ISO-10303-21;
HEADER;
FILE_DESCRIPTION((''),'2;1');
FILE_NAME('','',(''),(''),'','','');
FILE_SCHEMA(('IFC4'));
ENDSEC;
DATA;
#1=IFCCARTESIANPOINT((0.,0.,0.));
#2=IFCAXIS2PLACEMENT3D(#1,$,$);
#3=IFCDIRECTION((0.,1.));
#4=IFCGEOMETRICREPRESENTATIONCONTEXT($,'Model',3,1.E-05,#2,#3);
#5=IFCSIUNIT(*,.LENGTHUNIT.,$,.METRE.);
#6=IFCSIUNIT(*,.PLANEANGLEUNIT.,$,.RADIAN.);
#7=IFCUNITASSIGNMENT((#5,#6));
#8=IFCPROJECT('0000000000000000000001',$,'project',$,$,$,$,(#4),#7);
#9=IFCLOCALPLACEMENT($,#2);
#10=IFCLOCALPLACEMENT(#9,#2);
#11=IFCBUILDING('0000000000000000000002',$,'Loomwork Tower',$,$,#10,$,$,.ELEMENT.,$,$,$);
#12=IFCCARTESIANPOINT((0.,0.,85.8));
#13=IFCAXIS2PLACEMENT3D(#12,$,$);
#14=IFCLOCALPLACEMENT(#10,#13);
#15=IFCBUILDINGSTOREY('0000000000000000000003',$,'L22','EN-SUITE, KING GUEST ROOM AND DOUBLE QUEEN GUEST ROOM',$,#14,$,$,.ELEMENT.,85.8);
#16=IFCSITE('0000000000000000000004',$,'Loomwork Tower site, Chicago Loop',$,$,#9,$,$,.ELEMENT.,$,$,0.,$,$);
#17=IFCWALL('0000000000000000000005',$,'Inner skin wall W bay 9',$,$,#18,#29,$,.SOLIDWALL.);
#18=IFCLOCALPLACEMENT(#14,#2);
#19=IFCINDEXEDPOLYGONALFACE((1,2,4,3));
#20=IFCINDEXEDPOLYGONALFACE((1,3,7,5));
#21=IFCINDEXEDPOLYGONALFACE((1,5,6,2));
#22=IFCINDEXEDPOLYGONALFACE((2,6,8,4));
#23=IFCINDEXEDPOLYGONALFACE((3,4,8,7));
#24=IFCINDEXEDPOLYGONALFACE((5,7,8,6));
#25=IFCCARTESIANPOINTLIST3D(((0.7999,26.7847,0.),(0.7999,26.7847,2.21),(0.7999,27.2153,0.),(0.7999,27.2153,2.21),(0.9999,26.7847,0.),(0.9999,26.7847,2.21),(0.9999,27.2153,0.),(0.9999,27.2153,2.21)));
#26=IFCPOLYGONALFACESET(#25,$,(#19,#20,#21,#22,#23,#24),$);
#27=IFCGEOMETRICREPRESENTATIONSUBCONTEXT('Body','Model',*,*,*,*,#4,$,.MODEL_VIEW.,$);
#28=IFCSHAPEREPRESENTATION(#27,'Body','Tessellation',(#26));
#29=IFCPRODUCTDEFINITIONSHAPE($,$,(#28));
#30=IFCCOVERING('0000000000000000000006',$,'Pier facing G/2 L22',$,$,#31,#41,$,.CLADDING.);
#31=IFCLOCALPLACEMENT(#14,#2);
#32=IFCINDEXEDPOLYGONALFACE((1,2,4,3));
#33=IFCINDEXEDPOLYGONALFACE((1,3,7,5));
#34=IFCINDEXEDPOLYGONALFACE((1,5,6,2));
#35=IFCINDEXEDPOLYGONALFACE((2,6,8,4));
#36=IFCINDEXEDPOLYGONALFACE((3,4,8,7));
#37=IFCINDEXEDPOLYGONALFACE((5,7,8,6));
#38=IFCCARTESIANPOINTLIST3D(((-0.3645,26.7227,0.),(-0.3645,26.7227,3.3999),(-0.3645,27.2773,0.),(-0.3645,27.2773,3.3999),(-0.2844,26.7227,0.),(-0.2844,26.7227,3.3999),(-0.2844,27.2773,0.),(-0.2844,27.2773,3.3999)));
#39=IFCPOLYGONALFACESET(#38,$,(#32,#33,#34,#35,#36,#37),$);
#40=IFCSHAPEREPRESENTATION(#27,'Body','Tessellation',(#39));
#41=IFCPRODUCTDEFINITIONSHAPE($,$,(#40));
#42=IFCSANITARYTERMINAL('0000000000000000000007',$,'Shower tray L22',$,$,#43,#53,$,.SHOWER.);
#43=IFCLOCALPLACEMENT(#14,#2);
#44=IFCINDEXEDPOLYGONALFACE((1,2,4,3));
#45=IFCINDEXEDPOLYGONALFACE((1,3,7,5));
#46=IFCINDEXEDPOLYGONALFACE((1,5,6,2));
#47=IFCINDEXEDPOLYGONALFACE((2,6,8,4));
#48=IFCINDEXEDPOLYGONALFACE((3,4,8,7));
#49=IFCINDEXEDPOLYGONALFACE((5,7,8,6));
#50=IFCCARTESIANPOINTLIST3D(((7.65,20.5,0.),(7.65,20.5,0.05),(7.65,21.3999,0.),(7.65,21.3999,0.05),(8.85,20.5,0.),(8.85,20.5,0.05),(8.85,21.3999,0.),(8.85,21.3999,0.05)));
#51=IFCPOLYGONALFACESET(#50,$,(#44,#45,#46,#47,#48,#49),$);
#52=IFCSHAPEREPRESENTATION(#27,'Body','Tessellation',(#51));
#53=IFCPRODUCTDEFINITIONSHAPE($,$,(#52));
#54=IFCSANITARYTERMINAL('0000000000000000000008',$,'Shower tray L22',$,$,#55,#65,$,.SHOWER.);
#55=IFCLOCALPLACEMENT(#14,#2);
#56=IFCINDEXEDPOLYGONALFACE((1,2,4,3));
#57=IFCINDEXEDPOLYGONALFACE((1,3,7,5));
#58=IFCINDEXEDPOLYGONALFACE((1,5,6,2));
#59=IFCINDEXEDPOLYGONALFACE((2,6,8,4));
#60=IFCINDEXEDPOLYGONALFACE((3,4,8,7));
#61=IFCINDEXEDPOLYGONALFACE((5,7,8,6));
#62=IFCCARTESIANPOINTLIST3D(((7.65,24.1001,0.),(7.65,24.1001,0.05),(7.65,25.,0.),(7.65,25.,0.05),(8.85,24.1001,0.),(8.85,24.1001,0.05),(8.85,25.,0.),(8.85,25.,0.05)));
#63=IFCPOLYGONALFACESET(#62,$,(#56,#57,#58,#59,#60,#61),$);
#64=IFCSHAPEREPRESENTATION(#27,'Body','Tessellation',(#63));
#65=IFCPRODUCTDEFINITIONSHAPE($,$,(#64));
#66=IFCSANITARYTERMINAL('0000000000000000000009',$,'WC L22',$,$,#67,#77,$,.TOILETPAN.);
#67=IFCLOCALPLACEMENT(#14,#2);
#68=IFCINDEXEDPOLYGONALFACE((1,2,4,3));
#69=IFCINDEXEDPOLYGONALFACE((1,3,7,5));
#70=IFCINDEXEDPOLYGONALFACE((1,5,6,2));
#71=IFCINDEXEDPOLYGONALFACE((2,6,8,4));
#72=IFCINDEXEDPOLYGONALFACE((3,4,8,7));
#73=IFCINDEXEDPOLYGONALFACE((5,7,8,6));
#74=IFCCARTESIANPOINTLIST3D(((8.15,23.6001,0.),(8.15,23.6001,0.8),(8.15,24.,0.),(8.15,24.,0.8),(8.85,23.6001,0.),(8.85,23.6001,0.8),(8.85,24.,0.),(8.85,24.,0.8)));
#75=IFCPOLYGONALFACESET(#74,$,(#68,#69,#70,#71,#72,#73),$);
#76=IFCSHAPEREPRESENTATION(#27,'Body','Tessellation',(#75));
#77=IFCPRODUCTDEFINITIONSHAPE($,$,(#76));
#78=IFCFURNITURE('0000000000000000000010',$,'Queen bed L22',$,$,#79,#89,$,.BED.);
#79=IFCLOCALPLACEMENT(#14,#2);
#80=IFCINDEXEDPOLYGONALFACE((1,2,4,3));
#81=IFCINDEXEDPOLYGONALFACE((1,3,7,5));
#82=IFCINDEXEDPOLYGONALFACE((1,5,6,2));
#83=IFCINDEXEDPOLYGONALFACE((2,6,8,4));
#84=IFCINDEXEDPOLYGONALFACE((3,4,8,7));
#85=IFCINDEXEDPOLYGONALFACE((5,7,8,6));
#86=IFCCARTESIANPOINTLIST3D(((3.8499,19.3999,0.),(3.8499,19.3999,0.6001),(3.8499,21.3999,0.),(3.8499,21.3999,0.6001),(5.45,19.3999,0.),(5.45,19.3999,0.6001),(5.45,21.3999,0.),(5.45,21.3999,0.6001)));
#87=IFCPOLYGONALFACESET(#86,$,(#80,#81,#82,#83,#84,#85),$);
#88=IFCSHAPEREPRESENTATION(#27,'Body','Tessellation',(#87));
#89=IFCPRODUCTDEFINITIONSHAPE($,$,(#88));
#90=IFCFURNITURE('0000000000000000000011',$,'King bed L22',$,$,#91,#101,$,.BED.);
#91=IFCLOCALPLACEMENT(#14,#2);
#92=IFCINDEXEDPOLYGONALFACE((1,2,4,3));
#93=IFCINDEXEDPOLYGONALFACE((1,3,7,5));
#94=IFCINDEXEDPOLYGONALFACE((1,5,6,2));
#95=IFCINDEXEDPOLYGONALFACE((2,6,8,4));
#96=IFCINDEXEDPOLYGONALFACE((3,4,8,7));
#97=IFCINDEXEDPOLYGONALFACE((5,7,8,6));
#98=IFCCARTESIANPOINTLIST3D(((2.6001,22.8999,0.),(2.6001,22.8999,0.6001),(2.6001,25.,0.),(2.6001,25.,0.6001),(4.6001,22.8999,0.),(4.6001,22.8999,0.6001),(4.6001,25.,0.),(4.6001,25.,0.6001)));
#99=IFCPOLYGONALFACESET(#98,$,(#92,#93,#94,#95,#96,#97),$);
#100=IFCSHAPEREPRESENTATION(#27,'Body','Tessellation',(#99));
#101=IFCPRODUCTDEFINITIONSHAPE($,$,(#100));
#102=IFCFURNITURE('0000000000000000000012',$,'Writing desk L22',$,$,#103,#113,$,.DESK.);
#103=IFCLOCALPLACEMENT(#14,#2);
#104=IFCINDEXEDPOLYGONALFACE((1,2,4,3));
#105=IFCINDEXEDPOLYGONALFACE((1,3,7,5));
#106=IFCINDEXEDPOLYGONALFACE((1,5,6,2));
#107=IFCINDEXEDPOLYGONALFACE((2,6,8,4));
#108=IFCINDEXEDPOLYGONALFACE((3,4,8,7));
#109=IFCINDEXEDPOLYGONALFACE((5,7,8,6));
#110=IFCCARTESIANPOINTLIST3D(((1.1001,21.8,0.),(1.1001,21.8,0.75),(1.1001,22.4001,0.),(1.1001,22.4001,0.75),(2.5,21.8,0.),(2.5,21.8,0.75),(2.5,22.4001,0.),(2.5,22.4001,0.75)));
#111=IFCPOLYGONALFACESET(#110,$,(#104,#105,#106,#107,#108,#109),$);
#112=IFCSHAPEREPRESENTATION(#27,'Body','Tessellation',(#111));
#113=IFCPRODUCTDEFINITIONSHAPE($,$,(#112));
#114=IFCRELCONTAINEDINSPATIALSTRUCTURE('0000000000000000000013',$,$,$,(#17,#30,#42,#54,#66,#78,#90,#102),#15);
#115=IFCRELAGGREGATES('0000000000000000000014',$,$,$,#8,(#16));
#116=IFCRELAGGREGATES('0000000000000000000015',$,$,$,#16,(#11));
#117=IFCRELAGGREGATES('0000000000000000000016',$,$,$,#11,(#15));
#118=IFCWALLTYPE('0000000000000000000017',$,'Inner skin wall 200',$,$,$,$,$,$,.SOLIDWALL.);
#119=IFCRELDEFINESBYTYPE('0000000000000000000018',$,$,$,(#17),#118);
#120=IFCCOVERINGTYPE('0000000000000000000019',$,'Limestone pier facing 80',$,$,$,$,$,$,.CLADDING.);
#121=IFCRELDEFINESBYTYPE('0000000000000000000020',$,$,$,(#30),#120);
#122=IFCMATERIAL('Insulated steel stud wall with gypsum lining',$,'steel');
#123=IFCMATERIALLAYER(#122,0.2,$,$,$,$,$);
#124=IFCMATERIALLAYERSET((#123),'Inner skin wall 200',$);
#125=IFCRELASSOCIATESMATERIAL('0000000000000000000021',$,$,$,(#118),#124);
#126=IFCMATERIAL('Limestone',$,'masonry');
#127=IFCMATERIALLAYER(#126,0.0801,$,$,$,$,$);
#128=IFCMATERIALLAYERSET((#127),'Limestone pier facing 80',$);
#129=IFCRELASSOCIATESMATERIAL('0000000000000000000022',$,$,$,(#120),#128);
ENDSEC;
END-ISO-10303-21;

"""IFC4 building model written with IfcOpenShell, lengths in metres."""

from ifc_helpers import new_model, si_unit, direction, frame, frame_2d, origin, origin_2d, place, context, subcontext, project, spatial, rectangle, extrude, material, layer, layer_set, type_object, element, save


model = new_model("IFC4")

# Units and contexts
model_context = context("Model", 3, precision=1e-05, world=origin(), true_north=direction((0.0, 1.0)))
body_context = subcontext(model_context, "Body", "Model", "MODEL_VIEW")
ifc_project = project(units=[si_unit("LENGTHUNIT", "METRE"), si_unit("PLANEANGLEUNIT", "RADIAN")], contexts=[model_context])

# Site, building, storey
site_placement = place(None, origin())
site = spatial("IfcSite", under=ifc_project, at=site_placement, Name="Loomwork Tower site, Chicago Loop", CompositionType="ELEMENT", RefElevation=0.0)
building_placement = place(site_placement, origin())
building = spatial("IfcBuilding", under=site, at=building_placement, Name="Loomwork Tower", CompositionType="ELEMENT")
storey_placement = place(building_placement, frame((0.0, 0.0, 85.8)))
storey = spatial("IfcBuildingStorey", under=building, at=storey_placement, Name="L22", Description="EN-SUITE, KING GUEST ROOM AND DOUBLE QUEEN GUEST ROOM", CompositionType="ELEMENT", Elevation=85.8)

# Wall
ifc_material_1 = material(Name="Insulated steel stud wall with gypsum lining", Category="steel")
ifc_layer_1 = layer(ifc_material_1, 0.2)
ifc_layer_set_1 = layer_set([ifc_layer_1], Name="Inner skin wall 200")
wall_type_1 = type_object("IfcWallType", Name="Inner skin wall 200", PredefinedType="SOLIDWALL", material=ifc_layer_set_1)
wall_1_placement = place(storey_placement, frame((0.8999, 26.7847, 0.0), z_axis=(0.0, 0.0, 1.0), x_axis=(0.0, 1.0, 0.0)))
element("IfcWall", 1, at=wall_1_placement, inside=storey, type_object=wall_type_1, Name="Inner skin wall W bay 9", PredefinedType="SOLIDWALL", context=body_context, shape_type="SweptSolid", body=[
    extrude(rectangle(XDim=0.4307, YDim=0.2, at=frame_2d((0.2153, 0.0))), origin(), (0.0, 0.0, 1.0), 2.21),
])

# Covering
ifc_material_2 = material(Name="Limestone", Category="masonry")
ifc_layer_2 = layer(ifc_material_2, 0.0801)
ifc_layer_set_2 = layer_set([ifc_layer_2], Name="Limestone pier facing 80")
covering_type = type_object("IfcCoveringType", Name="Limestone pier facing 80", PredefinedType="CLADDING", material=ifc_layer_set_2)
covering_placement = place(storey_placement, frame((-0.3245, 27.0, 0.0), z_axis=(0.0, 0.0, 1.0), x_axis=(1.0, 0.0, 0.0)))
element("IfcCovering", 2, at=covering_placement, inside=storey, type_object=covering_type, Name="Pier facing G/2 L22", PredefinedType="CLADDING", context=body_context, shape_type="SweptSolid", body=[
    extrude(rectangle(XDim=0.0801, YDim=0.5547, at=origin_2d()), origin(), (0.0, 0.0, 1.0), 3.3999),
])

# Sanitary terminals
for number, where, z_axis, x_axis, name in (
    (3, (8.25, 20.95, 0.0), (0.0, 0.0, 1.0), (1.0, 0.0, 0.0), "Shower tray L22"),
    (4, (8.25, 24.55, 0.0), (0.0, 0.0, 1.0), (1.0, 0.0, 0.0), "Shower tray L22"),
):
    element("IfcSanitaryTerminal", number, at=place(storey_placement, frame(where, z_axis=z_axis, x_axis=x_axis)), inside=storey, Name=name, PredefinedType="SHOWER", context=body_context, shape_type="SweptSolid", body=[
        extrude(rectangle(XDim=1.2, YDim=0.8999, at=origin_2d()), origin(), (0.0, 0.0, 1.0), 0.05),
    ])
sanitary_terminal_placement = place(storey_placement, frame((8.5, 23.8, 0.0), z_axis=(0.0, 0.0, 1.0), x_axis=(1.0, 0.0, 0.0)))
element("IfcSanitaryTerminal", 5, at=sanitary_terminal_placement, inside=storey, Name="WC L22", PredefinedType="TOILETPAN", context=body_context, shape_type="SweptSolid", body=[
    extrude(rectangle(XDim=0.7, YDim=0.3999, at=origin_2d()), origin(), (0.0, 0.0, 1.0), 0.8),
])

# Furniture
furniture_1_placement = place(storey_placement, frame((4.6499, 20.3999, 0.0), z_axis=(0.0, 0.0, 1.0), x_axis=(1.0, 0.0, 0.0)))
element("IfcFurniture", 6, at=furniture_1_placement, inside=storey, Name="Queen bed L22", PredefinedType="BED", context=body_context, shape_type="SweptSolid", body=[
    extrude(rectangle(XDim=1.6001, YDim=2.0, at=origin_2d()), origin(), (0.0, 0.0, 1.0), 0.6001),
])
furniture_2_placement = place(storey_placement, frame((3.6001, 23.95, 0.0), z_axis=(0.0, 0.0, 1.0), x_axis=(1.0, 0.0, 0.0)))
element("IfcFurniture", 7, at=furniture_2_placement, inside=storey, Name="King bed L22", PredefinedType="BED", context=body_context, shape_type="SweptSolid", body=[
    extrude(rectangle(XDim=2.0, YDim=2.1001, at=origin_2d()), origin(), (0.0, 0.0, 1.0), 0.6001),
])
furniture_3_placement = place(storey_placement, frame((1.8, 22.1001, 0.0), z_axis=(0.0, 0.0, 1.0), x_axis=(1.0, 0.0, 0.0)))
element("IfcFurniture", 8, at=furniture_3_placement, inside=storey, Name="Writing desk L22", PredefinedType="DESK", context=body_context, shape_type="SweptSolid", body=[
    extrude(rectangle(XDim=1.3999, YDim=0.6001, at=origin_2d()), origin(), (0.0, 0.0, 1.0), 0.75),
])

save(model, "model.ifc")
